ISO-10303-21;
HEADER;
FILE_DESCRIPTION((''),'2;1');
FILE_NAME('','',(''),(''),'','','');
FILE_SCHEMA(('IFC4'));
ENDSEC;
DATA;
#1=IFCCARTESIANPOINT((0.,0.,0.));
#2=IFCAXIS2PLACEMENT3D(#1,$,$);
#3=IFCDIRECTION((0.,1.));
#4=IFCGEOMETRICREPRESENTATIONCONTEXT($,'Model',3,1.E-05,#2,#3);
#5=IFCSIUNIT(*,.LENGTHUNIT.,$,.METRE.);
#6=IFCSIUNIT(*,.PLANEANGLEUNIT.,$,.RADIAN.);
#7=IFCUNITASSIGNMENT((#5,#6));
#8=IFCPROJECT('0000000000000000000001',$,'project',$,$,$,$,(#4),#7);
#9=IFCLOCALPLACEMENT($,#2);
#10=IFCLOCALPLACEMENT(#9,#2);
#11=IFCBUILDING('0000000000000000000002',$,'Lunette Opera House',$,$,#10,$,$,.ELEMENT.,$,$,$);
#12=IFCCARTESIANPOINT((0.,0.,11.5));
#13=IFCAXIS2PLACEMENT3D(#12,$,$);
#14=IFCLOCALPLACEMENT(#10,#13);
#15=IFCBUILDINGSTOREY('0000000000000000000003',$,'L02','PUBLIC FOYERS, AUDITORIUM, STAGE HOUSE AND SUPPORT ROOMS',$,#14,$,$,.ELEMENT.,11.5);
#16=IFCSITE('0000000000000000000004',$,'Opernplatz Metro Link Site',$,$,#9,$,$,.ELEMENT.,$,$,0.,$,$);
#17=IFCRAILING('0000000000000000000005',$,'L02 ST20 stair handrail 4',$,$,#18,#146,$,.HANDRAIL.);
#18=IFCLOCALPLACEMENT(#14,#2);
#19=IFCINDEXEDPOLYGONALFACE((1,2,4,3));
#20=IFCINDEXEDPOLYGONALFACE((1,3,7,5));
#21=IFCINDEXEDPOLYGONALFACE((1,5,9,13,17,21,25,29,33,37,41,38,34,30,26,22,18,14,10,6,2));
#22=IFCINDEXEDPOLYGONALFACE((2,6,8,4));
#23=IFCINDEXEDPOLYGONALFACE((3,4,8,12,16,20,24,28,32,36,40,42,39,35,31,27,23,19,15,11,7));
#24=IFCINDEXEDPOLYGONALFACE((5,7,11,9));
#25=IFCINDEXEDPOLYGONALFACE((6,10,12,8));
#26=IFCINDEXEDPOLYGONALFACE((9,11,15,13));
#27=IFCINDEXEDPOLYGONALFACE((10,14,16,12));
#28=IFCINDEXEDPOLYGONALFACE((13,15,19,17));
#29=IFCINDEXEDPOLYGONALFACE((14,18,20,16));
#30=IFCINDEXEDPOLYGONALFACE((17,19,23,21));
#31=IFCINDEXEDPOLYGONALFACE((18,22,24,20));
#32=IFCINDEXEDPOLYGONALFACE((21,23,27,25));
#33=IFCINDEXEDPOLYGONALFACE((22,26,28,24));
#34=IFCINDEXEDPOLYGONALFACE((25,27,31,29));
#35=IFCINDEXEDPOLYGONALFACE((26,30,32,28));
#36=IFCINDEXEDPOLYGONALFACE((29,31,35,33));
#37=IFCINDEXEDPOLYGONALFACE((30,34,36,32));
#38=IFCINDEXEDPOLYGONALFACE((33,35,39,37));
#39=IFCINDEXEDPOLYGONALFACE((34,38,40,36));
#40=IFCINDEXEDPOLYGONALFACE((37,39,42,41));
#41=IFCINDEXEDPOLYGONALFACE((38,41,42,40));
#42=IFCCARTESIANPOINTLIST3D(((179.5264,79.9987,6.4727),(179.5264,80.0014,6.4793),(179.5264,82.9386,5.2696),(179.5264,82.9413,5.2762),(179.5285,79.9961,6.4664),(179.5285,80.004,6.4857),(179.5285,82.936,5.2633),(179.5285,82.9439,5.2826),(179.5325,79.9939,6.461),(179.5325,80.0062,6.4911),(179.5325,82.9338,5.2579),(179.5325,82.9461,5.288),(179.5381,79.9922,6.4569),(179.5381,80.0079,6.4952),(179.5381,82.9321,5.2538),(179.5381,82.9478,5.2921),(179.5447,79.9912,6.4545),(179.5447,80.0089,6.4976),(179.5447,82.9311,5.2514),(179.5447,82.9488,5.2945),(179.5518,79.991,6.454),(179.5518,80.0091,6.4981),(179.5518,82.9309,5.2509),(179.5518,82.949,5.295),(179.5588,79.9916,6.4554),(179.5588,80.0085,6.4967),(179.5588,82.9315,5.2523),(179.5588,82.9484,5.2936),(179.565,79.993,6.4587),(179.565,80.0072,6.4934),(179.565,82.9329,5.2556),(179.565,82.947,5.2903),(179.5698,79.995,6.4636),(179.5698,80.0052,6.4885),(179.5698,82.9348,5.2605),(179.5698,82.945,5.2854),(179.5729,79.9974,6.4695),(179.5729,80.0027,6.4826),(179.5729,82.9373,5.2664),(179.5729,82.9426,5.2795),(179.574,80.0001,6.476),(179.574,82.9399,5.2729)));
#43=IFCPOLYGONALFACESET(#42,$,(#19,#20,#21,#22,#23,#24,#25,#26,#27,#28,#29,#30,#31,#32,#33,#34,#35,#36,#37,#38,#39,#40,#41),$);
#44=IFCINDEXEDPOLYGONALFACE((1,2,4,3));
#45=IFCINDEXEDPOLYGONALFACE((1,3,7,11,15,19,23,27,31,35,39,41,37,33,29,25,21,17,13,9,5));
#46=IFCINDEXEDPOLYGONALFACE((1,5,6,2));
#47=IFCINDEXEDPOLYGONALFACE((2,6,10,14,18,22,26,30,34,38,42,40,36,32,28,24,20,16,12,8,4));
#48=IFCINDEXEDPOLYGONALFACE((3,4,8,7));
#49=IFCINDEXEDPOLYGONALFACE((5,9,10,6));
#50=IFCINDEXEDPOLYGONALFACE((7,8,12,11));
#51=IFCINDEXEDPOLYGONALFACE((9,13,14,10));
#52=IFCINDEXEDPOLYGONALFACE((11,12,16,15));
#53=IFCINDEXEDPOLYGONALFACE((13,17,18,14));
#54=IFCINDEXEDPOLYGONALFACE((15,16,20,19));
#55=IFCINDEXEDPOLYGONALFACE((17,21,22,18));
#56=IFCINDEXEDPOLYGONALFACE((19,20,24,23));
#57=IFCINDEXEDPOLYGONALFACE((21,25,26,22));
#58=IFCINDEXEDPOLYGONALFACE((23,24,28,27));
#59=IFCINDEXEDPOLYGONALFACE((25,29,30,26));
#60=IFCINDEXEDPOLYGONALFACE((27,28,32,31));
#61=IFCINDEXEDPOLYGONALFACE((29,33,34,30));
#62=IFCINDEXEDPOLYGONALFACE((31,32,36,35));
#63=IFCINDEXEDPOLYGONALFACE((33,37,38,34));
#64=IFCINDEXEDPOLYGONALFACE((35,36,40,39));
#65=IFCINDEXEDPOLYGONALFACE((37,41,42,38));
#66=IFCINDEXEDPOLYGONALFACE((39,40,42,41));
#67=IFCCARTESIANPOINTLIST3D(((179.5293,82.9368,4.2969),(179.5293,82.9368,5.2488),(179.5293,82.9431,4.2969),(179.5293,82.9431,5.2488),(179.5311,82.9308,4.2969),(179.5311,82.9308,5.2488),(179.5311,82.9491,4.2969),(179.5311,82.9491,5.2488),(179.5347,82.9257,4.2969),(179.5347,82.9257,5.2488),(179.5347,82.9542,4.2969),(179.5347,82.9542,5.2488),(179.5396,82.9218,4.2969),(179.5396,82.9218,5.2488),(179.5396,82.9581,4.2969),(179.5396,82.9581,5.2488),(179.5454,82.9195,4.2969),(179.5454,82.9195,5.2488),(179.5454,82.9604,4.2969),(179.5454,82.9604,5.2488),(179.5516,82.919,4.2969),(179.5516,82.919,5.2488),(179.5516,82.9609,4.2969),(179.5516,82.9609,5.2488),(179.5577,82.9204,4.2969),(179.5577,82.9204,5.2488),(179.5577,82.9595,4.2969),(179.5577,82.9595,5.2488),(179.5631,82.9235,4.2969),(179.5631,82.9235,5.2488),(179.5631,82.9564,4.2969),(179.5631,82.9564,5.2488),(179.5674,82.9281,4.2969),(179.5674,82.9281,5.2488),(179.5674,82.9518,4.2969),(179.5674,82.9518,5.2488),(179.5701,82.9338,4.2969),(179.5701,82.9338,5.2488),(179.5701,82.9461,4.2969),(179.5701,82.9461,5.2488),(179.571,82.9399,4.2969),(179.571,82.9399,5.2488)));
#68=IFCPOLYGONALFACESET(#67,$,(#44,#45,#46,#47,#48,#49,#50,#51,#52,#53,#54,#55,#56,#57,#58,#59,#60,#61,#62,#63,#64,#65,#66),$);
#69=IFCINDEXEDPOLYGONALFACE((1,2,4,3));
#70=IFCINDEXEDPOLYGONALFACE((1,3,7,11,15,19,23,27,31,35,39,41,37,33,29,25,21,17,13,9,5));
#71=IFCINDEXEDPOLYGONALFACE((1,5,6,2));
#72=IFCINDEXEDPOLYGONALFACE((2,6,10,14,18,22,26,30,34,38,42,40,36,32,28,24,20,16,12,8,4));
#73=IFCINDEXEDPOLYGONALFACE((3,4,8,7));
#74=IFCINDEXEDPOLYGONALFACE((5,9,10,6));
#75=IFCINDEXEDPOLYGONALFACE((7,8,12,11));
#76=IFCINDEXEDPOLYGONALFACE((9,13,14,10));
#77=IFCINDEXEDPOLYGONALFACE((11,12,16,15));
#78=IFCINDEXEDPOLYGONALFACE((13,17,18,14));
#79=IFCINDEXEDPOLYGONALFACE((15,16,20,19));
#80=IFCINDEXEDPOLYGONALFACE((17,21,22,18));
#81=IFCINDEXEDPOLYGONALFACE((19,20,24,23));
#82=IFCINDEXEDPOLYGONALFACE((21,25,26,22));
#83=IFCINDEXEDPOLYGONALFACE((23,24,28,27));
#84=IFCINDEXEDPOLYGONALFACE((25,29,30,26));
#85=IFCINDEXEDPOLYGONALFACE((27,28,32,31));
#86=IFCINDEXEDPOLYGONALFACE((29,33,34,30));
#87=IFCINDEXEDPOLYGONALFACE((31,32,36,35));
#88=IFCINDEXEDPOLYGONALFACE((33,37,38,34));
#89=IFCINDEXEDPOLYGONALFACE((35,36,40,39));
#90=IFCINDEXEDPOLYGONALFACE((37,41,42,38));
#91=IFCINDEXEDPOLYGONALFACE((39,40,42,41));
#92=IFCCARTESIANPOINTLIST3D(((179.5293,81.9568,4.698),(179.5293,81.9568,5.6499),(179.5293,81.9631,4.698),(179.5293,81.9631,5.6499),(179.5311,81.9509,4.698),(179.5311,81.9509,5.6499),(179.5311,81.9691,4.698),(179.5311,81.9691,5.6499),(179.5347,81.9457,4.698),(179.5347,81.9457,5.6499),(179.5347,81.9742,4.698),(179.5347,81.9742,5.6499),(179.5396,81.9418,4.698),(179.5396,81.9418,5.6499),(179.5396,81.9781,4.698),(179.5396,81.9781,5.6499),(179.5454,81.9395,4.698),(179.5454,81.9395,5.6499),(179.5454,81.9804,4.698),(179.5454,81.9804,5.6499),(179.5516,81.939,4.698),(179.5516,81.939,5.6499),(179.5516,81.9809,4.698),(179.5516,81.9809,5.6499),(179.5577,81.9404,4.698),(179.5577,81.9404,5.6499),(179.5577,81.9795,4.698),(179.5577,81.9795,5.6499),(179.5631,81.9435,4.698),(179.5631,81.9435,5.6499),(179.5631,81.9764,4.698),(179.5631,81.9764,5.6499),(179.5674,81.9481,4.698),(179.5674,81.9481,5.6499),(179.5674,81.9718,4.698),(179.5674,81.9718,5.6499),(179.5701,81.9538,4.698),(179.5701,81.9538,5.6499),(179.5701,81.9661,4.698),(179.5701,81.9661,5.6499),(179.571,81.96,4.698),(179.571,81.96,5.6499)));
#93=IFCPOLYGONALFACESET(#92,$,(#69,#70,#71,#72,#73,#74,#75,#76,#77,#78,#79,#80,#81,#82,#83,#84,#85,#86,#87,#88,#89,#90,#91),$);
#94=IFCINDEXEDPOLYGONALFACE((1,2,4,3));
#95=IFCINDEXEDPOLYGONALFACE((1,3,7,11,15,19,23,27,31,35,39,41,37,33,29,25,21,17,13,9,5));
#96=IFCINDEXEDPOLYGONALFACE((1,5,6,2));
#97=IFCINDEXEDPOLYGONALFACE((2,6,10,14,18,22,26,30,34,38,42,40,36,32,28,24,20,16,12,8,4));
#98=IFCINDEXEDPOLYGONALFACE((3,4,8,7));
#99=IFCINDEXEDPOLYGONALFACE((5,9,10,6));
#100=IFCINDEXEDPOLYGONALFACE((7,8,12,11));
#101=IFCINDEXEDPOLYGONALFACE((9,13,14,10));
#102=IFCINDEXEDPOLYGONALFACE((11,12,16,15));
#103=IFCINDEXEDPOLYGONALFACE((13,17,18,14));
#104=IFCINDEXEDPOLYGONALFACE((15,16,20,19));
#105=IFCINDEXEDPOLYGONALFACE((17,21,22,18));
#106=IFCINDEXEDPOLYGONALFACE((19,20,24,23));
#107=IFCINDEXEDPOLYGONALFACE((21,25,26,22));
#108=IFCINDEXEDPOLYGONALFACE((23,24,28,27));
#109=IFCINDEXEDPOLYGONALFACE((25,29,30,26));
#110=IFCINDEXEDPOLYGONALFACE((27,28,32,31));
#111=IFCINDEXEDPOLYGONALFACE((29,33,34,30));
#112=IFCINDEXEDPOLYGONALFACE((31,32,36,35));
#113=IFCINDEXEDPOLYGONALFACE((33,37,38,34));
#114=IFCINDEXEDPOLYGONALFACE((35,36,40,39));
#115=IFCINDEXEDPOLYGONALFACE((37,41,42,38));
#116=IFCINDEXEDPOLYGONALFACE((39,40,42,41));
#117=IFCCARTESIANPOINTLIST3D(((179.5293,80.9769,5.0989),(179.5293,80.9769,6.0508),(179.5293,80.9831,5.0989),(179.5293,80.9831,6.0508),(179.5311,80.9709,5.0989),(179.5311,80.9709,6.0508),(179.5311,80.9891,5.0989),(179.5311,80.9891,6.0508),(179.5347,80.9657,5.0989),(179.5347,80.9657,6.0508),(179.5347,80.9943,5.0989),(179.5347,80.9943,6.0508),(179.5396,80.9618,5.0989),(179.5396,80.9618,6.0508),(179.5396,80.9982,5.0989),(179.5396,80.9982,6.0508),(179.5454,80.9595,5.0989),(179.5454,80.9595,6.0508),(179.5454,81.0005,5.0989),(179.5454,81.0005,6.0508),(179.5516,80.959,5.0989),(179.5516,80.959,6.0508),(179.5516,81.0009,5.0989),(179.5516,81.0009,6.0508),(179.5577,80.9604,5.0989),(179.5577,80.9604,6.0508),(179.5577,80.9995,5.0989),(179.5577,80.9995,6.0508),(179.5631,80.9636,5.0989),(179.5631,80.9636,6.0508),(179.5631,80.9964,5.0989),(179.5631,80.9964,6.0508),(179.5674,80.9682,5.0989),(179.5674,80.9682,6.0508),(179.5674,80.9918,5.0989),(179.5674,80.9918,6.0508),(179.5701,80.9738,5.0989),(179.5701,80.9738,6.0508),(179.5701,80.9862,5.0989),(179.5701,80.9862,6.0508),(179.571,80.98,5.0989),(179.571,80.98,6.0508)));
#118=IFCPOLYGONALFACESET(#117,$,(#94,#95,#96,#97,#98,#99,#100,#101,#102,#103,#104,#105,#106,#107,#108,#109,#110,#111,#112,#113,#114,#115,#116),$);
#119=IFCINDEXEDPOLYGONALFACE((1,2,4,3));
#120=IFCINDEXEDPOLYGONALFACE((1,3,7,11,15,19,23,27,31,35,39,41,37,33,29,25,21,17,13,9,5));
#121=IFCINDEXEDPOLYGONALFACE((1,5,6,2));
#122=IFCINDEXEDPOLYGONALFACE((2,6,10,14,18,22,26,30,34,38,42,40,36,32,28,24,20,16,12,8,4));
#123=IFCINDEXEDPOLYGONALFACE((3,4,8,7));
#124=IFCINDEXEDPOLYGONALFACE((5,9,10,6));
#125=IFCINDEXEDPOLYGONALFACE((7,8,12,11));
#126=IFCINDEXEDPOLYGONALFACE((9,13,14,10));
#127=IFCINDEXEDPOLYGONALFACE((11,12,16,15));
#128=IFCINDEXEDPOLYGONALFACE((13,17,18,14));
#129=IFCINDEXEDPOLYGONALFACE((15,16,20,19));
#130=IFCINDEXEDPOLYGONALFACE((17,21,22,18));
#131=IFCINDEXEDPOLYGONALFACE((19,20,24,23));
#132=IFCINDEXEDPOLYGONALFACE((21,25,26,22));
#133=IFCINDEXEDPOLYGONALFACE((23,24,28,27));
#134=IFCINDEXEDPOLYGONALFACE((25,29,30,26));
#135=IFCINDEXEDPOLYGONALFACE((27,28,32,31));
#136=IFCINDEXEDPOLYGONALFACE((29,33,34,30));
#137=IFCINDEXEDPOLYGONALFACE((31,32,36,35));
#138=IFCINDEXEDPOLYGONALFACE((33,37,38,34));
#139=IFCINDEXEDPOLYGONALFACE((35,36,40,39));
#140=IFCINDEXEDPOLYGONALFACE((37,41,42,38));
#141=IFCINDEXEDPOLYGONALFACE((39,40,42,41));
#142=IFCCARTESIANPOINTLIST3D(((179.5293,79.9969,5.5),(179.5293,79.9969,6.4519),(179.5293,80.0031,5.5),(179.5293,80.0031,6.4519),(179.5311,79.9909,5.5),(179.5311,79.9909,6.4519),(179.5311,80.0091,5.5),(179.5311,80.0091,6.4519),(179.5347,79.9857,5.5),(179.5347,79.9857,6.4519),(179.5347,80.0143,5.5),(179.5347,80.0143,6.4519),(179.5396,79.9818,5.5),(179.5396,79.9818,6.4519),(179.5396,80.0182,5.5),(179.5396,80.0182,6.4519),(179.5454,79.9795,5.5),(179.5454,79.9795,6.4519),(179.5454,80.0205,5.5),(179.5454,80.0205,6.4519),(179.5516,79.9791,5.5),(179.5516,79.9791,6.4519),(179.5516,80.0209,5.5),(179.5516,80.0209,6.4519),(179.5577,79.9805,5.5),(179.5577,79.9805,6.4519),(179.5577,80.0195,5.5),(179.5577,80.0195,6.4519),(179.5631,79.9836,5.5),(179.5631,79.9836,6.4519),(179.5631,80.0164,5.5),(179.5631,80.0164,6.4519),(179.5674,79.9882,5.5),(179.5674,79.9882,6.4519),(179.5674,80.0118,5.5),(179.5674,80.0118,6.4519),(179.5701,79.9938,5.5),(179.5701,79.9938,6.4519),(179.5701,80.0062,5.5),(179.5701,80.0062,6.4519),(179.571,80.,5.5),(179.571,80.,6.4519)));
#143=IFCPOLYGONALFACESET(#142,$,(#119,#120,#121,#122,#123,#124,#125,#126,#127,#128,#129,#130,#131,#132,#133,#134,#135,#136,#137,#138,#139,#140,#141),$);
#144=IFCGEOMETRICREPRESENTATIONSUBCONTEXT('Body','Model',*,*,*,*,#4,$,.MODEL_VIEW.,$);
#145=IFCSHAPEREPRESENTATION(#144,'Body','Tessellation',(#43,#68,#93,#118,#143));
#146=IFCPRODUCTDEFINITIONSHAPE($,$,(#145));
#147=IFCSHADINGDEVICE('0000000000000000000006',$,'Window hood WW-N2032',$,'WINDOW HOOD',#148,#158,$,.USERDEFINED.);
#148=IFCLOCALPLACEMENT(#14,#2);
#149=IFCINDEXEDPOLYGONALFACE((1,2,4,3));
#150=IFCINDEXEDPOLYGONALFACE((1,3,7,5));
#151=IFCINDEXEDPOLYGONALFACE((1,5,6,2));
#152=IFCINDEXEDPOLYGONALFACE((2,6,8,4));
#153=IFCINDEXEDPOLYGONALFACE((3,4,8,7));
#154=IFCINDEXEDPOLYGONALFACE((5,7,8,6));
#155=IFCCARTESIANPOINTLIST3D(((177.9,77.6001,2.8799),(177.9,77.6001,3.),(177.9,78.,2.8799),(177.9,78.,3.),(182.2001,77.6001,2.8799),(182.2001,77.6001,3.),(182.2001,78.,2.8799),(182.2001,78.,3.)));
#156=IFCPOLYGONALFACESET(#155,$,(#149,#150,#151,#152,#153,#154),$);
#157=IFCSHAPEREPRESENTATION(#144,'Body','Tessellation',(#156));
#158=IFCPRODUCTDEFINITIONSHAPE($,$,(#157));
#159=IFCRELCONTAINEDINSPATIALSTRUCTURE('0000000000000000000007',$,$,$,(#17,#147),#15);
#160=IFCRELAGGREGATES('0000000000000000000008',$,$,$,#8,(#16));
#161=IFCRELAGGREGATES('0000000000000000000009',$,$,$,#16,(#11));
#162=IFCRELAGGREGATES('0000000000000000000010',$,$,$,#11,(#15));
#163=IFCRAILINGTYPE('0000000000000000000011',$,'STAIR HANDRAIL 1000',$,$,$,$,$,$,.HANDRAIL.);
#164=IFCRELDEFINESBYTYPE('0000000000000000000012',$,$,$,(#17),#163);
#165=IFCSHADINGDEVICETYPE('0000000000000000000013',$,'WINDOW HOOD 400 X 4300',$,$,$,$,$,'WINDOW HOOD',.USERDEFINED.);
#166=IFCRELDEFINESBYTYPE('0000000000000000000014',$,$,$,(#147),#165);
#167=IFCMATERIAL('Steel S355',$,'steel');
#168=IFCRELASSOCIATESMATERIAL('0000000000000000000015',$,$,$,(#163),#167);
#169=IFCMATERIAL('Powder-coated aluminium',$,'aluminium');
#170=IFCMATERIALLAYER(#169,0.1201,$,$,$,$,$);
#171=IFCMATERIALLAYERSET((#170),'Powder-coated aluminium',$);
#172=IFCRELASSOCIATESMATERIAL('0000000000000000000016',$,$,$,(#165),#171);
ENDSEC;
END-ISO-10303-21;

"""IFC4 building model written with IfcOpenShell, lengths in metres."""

from ifc_helpers import new_model, si_unit, direction, frame, origin, origin_2d, place, context, subcontext, project, spatial, rectangle, circle, extrude, material, layer, layer_set, type_object, element, save


model = new_model("IFC4")

# Units and contexts
model_context = context("Model", 3, precision=1e-05, world=origin(), true_north=direction((0.0, 1.0)))
body_context = subcontext(model_context, "Body", "Model", "MODEL_VIEW")
ifc_project = project(units=[si_unit("LENGTHUNIT", "METRE"), si_unit("PLANEANGLEUNIT", "RADIAN")], contexts=[model_context])

# Site, building, storey
site_placement = place(None, origin())
site = spatial("IfcSite", under=ifc_project, at=site_placement, Name="Opernplatz Metro Link Site", CompositionType="ELEMENT", RefElevation=0.0)
building_placement = place(site_placement, origin())
building = spatial("IfcBuilding", under=site, at=building_placement, Name="Lunette Opera House", CompositionType="ELEMENT")
storey_placement = place(building_placement, frame((0.0, 0.0, 11.5)))
storey = spatial("IfcBuildingStorey", under=building, at=storey_placement, Name="L02", Description="PUBLIC FOYERS, AUDITORIUM, STAGE HOUSE AND SUPPORT ROOMS", CompositionType="ELEMENT", Elevation=11.5)

# Railing
ifc_material_1 = material(Name="Steel S355", Category="steel")
railing_type_1 = type_object("IfcRailingType", Name="STAIR HANDRAIL 1000", PredefinedType="HANDRAIL", material=ifc_material_1)
for number, where, name in (
    (1, (179.55, 82.9399, 4.2969), "L02 ST20 stair handrail 4"),
):
    element("IfcRailing", number, at=place(storey_placement, frame(where)), inside=storey, type_object=railing_type_1, Name=name, PredefinedType="HANDRAIL", context=body_context, shape_type="SweptSolid", body=[
        extrude(circle(Radius=0.0239, at=origin_2d()), frame((0.0, 0.0, 0.9761), z_axis=(0.0, -0.9255, 0.378747), x_axis=(1.0, 0.0, 0.0)), (0.0, 0.0, 1.0), 3.1765),
        extrude(circle(Radius=0.021, at=origin_2d()), origin(), (0.0, 0.0, 1.0), 0.9519),
        extrude(circle(Radius=0.021, at=origin_2d()), frame((0.0, -0.98, 0.4011)), (0.0, 0.0, 1.0), 0.9519),
        extrude(circle(Radius=0.021, at=origin_2d()), frame((0.0, -1.96, 0.802)), (0.0, 0.0, 1.0), 0.9519),
        extrude(circle(Radius=0.021, at=origin_2d()), frame((0.0, -2.9399, 1.2031)), (0.0, 0.0, 1.0), 0.9519),
    ])

# Shading device
ifc_material_2 = material(Name="Powder-coated aluminium", Category="aluminium")
ifc_layer_1 = layer(ifc_material_2, 0.1201)
ifc_layer_set_1 = layer_set([ifc_layer_1], Name="Powder-coated aluminium")
shading_device_type = type_object("IfcShadingDeviceType", Name="WINDOW HOOD 400 X 4300", ElementType="WINDOW HOOD", PredefinedType="USERDEFINED", material=ifc_layer_set_1)
shading_device_placement = place(storey_placement, frame((180.05, 77.8, 2.8799), z_axis=(0.0, 0.0, 1.0), x_axis=(0.0, -1.0, 0.0)))
element("IfcShadingDevice", 2, at=shading_device_placement, inside=storey, type_object=shading_device_type, Name="Window hood WW-N2032", ObjectType="WINDOW HOOD", PredefinedType="USERDEFINED", context=body_context, shape_type="SweptSolid", body=[
    extrude(rectangle(XDim=0.3999, YDim=4.3, at=origin_2d()), origin(), (0.0, 0.0, 1.0), 0.1201),
])

save(model, "model.ifc")
